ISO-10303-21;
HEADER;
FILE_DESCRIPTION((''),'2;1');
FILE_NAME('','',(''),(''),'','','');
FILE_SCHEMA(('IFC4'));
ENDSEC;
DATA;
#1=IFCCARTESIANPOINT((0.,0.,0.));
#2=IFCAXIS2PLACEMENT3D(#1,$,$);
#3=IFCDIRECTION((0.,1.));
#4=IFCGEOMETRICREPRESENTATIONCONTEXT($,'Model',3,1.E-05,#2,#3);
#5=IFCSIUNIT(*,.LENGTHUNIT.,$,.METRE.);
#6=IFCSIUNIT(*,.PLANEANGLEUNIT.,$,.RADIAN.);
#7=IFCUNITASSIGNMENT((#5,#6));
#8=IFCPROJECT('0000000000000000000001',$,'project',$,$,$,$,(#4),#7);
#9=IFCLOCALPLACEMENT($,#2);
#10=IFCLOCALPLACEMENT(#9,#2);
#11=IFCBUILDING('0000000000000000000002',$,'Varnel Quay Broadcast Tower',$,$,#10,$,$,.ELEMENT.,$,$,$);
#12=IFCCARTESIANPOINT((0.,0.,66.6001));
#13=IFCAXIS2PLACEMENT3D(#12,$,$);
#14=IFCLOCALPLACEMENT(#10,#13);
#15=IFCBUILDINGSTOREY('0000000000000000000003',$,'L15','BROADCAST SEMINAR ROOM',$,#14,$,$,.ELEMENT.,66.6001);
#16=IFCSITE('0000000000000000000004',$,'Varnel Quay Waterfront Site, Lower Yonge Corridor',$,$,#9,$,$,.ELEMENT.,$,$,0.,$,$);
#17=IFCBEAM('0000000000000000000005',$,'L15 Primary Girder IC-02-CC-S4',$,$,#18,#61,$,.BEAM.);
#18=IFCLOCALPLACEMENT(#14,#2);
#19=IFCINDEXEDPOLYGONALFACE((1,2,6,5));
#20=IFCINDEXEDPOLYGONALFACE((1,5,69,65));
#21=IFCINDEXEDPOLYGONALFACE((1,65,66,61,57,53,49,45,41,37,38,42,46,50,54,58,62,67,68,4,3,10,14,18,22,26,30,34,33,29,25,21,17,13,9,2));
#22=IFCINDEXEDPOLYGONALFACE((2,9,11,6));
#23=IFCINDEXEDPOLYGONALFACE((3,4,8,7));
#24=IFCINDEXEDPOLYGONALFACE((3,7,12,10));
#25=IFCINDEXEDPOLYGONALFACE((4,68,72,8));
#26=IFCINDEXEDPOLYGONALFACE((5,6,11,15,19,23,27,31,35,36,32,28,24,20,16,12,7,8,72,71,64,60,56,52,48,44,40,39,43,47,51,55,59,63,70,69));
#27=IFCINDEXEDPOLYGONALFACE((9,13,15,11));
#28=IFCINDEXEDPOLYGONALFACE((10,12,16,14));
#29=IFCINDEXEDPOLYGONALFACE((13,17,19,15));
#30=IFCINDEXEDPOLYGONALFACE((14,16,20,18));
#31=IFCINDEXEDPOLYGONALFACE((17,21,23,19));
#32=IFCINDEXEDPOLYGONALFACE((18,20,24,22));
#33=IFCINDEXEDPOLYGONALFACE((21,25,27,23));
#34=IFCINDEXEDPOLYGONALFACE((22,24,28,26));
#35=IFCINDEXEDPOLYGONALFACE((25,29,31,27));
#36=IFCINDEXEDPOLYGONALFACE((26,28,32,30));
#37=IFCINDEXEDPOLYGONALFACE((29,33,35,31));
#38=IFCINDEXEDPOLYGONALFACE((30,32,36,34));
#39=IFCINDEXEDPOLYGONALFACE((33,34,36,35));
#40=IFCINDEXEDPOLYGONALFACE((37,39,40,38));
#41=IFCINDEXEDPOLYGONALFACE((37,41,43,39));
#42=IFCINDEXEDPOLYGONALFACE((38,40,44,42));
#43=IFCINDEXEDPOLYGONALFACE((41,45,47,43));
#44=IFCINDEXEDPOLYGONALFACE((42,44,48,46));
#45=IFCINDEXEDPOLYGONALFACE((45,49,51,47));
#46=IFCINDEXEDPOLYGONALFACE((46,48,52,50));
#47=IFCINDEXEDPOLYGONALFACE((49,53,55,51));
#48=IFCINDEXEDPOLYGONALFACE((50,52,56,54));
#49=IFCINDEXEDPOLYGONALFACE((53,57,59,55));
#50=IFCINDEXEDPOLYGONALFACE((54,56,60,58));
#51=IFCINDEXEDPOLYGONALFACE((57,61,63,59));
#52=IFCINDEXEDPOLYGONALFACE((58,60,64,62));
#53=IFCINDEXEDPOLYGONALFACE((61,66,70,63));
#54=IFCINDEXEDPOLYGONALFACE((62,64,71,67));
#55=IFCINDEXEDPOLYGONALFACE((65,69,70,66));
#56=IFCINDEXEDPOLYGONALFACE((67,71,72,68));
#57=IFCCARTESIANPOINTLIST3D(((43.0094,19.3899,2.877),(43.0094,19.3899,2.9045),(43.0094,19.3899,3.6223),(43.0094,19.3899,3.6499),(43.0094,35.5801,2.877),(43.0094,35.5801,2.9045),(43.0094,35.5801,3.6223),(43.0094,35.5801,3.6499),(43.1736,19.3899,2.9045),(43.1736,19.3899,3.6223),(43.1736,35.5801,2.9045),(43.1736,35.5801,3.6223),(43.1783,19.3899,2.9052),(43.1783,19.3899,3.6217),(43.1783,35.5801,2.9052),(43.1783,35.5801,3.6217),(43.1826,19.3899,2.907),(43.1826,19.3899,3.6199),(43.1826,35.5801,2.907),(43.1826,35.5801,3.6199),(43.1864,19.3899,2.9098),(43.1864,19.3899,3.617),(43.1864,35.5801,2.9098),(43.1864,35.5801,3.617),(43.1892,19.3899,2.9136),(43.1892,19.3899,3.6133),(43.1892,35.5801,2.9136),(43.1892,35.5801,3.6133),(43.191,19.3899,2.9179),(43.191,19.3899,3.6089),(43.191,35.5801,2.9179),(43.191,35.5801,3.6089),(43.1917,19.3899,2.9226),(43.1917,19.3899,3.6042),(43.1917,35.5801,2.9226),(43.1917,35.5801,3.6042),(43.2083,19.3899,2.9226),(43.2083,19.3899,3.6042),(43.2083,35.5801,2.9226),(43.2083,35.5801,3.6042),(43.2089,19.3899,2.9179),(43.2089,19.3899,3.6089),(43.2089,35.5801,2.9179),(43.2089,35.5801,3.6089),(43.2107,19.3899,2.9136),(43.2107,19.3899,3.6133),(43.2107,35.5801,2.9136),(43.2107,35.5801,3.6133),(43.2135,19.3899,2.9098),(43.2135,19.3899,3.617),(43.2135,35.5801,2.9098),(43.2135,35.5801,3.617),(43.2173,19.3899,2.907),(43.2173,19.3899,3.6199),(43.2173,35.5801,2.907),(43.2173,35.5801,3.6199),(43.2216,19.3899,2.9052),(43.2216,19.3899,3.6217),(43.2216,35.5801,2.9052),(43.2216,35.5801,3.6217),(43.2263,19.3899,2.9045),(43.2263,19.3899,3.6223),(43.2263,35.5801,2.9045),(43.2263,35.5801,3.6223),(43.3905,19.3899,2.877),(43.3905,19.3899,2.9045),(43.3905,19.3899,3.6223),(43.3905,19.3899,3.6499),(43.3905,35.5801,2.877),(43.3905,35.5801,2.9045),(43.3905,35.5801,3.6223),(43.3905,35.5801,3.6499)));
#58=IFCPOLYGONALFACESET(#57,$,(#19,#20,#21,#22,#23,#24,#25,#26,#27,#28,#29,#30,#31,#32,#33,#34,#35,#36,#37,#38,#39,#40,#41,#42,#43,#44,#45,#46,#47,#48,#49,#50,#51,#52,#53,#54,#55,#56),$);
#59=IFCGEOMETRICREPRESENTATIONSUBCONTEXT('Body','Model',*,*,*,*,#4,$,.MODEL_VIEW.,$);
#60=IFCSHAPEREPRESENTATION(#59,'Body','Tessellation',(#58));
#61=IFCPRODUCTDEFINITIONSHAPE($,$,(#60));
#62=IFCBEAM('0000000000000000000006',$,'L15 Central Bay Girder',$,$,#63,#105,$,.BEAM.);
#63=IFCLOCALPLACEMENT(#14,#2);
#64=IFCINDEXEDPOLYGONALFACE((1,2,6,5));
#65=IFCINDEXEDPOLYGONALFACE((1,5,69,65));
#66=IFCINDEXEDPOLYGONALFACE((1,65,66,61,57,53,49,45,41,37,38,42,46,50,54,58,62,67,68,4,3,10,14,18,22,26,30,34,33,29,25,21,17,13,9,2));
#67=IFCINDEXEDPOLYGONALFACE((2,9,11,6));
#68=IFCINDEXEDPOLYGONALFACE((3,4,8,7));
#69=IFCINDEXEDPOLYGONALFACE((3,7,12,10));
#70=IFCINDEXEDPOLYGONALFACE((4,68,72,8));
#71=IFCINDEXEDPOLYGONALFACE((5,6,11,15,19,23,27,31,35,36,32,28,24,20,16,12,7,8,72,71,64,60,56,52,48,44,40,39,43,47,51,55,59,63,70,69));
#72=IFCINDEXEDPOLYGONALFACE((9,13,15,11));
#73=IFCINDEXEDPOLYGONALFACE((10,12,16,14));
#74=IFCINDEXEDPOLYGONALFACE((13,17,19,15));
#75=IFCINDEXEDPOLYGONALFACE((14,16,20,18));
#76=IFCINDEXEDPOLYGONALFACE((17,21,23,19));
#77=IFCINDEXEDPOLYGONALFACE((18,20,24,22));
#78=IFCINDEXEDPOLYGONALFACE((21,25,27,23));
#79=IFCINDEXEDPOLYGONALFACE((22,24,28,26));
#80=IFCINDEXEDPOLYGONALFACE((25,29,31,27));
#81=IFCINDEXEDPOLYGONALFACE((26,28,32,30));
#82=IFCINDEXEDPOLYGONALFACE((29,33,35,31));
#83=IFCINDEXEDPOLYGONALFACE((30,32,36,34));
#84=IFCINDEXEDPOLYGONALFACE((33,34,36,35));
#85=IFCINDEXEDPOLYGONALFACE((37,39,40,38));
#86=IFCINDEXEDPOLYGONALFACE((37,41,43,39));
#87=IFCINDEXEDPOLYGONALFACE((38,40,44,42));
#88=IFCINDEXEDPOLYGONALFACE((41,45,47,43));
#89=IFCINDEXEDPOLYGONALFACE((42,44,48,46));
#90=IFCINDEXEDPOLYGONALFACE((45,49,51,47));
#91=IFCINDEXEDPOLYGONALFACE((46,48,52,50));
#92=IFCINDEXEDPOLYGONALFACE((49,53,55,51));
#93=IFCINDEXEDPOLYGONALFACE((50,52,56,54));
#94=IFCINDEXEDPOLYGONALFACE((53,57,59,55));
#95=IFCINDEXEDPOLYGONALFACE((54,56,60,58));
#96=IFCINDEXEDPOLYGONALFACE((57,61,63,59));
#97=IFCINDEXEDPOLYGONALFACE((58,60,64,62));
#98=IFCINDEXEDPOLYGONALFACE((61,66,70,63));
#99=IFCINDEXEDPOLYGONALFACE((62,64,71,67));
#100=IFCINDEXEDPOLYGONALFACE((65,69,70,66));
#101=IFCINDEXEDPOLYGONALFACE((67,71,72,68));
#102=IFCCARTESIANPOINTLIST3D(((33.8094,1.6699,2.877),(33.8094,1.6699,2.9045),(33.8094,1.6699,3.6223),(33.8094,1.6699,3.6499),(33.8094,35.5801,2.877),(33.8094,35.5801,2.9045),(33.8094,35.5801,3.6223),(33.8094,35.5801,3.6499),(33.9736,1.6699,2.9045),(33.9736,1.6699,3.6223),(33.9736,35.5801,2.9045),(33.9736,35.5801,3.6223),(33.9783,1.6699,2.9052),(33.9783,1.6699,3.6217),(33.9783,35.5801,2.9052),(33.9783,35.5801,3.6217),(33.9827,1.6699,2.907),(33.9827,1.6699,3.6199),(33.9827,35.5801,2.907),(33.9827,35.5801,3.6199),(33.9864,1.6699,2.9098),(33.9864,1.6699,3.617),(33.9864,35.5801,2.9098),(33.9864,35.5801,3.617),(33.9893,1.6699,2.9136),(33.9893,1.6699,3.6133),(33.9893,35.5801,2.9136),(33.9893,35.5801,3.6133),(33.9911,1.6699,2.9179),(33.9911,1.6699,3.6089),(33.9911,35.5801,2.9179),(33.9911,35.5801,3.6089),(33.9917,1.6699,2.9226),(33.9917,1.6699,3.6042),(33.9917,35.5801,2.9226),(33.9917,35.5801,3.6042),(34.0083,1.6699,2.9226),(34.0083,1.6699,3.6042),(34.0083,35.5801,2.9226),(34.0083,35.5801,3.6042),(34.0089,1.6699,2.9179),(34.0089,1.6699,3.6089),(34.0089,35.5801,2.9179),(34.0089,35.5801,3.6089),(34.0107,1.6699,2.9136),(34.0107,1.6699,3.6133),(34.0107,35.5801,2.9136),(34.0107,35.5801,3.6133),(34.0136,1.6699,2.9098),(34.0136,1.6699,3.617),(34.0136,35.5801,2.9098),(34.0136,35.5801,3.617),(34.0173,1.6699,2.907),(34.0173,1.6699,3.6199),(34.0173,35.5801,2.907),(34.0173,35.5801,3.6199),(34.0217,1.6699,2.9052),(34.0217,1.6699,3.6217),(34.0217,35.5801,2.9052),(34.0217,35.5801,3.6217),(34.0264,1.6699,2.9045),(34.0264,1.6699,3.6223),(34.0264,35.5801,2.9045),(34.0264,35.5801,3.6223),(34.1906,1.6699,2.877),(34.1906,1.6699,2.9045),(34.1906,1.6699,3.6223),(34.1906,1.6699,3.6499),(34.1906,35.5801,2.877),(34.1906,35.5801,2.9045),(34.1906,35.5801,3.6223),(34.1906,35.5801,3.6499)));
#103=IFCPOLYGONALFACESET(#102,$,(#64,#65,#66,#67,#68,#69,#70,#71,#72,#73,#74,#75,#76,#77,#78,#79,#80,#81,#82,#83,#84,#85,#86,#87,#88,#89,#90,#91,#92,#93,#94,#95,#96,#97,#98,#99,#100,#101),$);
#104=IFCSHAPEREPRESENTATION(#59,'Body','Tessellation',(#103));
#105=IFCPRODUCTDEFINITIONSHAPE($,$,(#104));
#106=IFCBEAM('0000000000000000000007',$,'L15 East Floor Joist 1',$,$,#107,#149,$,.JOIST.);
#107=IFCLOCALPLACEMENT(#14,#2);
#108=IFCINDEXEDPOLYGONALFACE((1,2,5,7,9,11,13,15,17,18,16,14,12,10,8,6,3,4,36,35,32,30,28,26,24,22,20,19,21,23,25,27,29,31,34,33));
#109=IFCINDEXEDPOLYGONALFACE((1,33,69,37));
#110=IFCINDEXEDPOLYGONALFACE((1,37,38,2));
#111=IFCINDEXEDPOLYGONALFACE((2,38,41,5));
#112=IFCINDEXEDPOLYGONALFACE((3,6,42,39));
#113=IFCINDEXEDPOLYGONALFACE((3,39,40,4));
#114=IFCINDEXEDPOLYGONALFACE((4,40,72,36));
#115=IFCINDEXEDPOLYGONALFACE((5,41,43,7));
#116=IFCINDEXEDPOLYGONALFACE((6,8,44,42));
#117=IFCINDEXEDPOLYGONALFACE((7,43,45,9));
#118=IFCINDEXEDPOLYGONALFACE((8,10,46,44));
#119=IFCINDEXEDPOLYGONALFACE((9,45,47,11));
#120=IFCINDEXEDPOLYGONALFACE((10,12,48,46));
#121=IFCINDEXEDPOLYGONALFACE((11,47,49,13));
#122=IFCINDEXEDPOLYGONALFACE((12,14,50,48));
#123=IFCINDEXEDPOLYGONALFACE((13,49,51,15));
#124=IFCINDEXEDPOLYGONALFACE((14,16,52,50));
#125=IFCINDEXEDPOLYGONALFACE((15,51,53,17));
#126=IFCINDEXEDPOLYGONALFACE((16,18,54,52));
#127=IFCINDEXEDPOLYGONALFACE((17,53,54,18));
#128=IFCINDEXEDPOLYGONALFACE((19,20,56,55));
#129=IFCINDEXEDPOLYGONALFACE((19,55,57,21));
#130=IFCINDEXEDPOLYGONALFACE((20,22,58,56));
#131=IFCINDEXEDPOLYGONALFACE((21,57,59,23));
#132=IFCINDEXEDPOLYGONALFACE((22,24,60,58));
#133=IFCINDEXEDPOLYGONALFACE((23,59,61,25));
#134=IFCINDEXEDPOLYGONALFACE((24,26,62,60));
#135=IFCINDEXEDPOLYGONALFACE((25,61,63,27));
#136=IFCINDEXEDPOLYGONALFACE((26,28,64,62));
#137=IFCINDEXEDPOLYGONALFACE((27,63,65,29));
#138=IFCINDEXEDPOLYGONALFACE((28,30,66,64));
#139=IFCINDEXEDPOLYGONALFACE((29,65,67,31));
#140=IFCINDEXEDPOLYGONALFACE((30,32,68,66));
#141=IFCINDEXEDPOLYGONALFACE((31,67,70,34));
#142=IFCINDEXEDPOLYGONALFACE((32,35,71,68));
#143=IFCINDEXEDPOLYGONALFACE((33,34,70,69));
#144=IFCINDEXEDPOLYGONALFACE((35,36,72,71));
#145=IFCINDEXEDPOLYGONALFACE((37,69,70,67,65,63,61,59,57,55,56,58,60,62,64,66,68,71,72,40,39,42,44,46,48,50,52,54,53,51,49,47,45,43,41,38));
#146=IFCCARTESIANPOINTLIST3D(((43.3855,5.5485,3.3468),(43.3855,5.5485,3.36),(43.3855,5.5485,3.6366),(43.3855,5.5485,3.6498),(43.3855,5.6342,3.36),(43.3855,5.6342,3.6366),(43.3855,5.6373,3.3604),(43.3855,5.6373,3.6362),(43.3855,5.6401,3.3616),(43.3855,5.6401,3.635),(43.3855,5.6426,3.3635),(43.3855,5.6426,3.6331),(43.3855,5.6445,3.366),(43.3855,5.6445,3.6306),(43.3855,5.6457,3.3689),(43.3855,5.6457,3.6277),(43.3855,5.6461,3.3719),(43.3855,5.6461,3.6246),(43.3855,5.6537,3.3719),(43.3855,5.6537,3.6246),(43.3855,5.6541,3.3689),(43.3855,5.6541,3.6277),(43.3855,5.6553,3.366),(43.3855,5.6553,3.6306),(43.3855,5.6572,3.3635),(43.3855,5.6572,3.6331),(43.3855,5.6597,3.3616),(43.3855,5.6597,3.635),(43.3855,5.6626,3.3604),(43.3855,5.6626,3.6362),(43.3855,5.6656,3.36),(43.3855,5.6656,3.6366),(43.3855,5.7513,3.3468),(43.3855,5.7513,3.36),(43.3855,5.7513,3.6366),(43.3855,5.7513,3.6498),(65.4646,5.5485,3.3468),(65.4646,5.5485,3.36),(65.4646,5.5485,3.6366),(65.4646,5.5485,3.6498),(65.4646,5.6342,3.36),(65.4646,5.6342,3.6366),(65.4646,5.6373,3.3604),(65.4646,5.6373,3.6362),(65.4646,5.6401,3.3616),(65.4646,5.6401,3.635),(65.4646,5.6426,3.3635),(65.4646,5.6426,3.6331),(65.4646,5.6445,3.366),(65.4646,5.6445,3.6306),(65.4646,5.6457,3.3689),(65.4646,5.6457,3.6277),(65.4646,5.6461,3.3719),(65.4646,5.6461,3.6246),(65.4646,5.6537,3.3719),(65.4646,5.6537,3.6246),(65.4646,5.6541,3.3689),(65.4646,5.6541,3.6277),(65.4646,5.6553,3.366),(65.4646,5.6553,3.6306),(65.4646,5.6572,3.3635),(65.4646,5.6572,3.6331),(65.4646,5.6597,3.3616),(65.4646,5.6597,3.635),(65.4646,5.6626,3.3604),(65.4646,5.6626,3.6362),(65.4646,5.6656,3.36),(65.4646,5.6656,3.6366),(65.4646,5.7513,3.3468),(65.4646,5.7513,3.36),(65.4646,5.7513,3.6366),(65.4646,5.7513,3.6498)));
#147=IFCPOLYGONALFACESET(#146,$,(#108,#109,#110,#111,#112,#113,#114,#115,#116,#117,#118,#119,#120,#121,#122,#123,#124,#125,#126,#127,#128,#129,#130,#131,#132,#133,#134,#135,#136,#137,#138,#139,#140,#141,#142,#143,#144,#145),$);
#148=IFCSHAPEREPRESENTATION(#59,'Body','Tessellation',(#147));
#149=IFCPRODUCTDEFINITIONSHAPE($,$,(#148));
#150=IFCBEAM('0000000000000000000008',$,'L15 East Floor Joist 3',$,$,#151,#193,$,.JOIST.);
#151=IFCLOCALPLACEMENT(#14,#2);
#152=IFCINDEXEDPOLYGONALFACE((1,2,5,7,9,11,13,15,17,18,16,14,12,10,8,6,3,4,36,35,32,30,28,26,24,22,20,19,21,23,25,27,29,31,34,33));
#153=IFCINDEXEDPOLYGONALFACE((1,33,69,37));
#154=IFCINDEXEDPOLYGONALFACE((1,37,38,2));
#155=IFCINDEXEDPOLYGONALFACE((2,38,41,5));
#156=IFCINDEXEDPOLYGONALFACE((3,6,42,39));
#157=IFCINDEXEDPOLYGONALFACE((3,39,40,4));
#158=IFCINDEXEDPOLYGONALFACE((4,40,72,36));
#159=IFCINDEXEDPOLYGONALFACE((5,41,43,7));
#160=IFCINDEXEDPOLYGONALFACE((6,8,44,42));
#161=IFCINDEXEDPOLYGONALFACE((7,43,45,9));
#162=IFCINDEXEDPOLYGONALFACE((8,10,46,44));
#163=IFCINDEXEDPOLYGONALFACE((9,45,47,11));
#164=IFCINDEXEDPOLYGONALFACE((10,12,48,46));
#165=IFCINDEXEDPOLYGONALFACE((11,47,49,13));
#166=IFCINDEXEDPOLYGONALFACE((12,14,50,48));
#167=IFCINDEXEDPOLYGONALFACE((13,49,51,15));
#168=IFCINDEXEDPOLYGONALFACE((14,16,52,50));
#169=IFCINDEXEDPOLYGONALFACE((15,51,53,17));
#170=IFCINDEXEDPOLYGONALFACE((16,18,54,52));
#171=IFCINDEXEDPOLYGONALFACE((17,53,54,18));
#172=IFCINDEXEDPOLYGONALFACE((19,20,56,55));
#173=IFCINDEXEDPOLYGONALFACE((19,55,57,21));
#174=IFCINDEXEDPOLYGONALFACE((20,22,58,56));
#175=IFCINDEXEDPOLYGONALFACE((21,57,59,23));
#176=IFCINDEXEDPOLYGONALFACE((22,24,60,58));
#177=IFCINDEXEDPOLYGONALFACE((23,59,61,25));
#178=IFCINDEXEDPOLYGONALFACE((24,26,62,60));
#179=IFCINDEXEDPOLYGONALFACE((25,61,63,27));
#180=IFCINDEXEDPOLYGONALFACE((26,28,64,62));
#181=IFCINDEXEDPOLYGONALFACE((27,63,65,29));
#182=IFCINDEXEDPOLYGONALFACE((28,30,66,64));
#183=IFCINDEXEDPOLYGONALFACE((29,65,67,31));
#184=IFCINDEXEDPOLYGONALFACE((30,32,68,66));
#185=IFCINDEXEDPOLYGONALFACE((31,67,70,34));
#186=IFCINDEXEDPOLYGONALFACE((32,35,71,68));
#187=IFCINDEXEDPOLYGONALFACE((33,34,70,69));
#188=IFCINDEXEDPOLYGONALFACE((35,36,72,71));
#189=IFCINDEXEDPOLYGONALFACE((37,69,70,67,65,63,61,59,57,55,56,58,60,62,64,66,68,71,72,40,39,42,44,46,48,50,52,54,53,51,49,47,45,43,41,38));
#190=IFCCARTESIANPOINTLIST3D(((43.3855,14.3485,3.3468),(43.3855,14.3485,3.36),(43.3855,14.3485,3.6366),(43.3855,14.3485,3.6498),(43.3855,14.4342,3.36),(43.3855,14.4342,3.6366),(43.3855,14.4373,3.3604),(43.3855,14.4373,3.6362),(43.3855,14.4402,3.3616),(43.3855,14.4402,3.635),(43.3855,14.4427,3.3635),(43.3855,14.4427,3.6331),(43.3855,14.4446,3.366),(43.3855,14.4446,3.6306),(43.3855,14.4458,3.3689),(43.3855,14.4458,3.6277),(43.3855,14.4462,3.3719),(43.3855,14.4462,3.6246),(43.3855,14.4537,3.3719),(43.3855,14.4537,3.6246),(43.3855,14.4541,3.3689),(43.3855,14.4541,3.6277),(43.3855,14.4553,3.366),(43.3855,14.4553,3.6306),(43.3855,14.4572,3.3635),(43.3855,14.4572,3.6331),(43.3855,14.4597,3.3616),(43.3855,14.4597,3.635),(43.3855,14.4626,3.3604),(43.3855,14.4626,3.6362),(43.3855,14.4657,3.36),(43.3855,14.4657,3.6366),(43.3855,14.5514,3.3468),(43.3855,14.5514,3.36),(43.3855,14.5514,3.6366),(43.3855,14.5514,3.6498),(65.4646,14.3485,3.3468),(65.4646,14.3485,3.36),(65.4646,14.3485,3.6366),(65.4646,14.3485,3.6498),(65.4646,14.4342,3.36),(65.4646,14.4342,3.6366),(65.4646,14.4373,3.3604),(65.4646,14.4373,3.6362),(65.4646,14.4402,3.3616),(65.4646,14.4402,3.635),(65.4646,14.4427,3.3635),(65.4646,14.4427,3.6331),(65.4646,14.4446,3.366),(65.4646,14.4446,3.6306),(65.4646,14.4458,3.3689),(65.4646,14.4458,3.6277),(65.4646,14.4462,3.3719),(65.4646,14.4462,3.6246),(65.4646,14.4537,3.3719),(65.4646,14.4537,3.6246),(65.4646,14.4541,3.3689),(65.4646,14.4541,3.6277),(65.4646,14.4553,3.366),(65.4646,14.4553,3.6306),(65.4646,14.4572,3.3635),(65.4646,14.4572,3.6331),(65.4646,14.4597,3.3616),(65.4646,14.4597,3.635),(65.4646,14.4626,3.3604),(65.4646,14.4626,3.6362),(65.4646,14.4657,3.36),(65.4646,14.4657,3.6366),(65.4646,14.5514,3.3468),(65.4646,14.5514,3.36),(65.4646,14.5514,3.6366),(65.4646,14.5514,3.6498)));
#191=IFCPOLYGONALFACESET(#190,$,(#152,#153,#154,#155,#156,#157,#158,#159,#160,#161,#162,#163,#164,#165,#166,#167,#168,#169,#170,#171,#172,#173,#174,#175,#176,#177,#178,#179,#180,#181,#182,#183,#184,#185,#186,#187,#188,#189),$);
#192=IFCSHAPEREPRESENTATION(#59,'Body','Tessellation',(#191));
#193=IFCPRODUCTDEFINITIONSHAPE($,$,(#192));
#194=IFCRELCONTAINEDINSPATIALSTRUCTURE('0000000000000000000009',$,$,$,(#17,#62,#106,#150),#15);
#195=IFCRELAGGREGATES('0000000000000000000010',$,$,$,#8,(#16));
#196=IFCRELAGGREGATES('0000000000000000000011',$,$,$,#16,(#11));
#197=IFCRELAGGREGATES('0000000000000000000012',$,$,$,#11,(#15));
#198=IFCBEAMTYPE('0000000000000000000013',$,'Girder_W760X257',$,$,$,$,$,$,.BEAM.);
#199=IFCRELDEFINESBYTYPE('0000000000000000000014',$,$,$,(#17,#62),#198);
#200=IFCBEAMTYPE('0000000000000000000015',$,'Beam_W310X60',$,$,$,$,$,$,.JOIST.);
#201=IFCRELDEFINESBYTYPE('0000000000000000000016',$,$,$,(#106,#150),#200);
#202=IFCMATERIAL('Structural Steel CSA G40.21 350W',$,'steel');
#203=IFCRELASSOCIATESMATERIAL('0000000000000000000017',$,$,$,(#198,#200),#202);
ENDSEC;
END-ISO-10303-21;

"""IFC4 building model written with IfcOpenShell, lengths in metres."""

from ifc_helpers import new_model, si_unit, direction, frame, origin, origin_2d, place, context, subcontext, project, spatial, i_section, extrude, source, transform, mapped, material, material_profile, profile_set, type_object, type_shapes, element, save


model = new_model("IFC4")

# Units and contexts
model_context = context("Model", 3, precision=1e-05, world=origin(), true_north=direction((0.0, 1.0)))
body_context = subcontext(model_context, "Body", "Model", "MODEL_VIEW")
ifc_project = project(units=[si_unit("LENGTHUNIT", "METRE"), si_unit("PLANEANGLEUNIT", "RADIAN")], contexts=[model_context])

# Site, building, storey
site_placement = place(None, origin())
site = spatial("IfcSite", under=ifc_project, at=site_placement, Name="Varnel Quay Waterfront Site, Lower Yonge Corridor", CompositionType="ELEMENT", RefElevation=0.0)
building_placement = place(site_placement, origin())
building = spatial("IfcBuilding", under=site, at=building_placement, Name="Varnel Quay Broadcast Tower", CompositionType="ELEMENT")
storey_placement = place(building_placement, frame((0.0, 0.0, 66.6001)))
storey = spatial("IfcBuildingStorey", under=building, at=storey_placement, Name="L15", Description="BROADCAST SEMINAR ROOM", CompositionType="ELEMENT", Elevation=66.6001)

# Shared definitions
ifc_material_1 = material(Name="Structural Steel CSA G40.21 350W", Category="steel")

# Beams
ifc_material_profile_1 = material_profile(ifc_material_1, i_section(OverallWidth=0.3811, OverallDepth=0.7729, WebThickness=0.0166, FlangeThickness=0.0276, FilletRadius=0.0181, at=origin_2d()), Name="W760X257")
ifc_profile_set_1 = profile_set([ifc_material_profile_1], Name="Structural Steel CSA G40.21 350W")
beam_type_1 = type_object("IfcBeamType", Name="Girder_W760X257", PredefinedType="BEAM", material=ifc_profile_set_1)
shared_shape_1 = source(origin(), body_context, "Body", "SweptSolid", [
    extrude(i_section(OverallWidth=0.3811, OverallDepth=0.7729, WebThickness=0.0166, FlangeThickness=0.0276, FilletRadius=0.0181, at=origin_2d()), origin(), (0.0, 0.0, 1.0), 16.1902),
])
beam_1_placement = place(storey_placement, frame((43.2, 19.3899, 3.2634), z_axis=(0.0, 1.0, 0.0), x_axis=(-1.0, 0.0, 0.0)))
element("IfcBeam", 1, at=beam_1_placement, inside=storey, type_object=beam_type_1, Name="L15 Primary Girder IC-02-CC-S4", PredefinedType="BEAM", context=body_context, shape_type="MappedRepresentation", body=[
    mapped(shared_shape_1, transform((0.0, 0.0, 0.0), x_axis=(1.0, 0.0, 0.0), y_axis=(0.0, 1.0, 0.0), z_axis=(0.0, 0.0, 1.0), scale=1.0)),
])
shared_shape_2 = source(origin(), body_context, "Body", "SweptSolid", [
    extrude(i_section(OverallWidth=0.3811, OverallDepth=0.7729, WebThickness=0.0166, FlangeThickness=0.0276, FilletRadius=0.0181, at=origin_2d()), origin(), (0.0, 0.0, 1.0), 33.9102),
])
beam_2_placement = place(storey_placement, frame((34.0, 1.6699, 3.2634), z_axis=(0.0, 1.0, 0.0), x_axis=(-1.0, 0.0, 0.0)))
element("IfcBeam", 2, at=beam_2_placement, inside=storey, type_object=beam_type_1, Name="L15 Central Bay Girder", PredefinedType="BEAM", context=body_context, shape_type="MappedRepresentation", body=[
    mapped(shared_shape_2, transform((0.0, 0.0, 0.0), x_axis=(1.0, 0.0, 0.0), y_axis=(0.0, 1.0, 0.0), z_axis=(0.0, 0.0, 1.0), scale=1.0)),
])
ifc_material_profile_2 = material_profile(ifc_material_1, i_section(OverallWidth=0.2029, OverallDepth=0.303, WebThickness=0.0076, FlangeThickness=0.0132, FilletRadius=0.012, at=origin_2d()), Name="W310X60")
ifc_profile_set_2 = profile_set([ifc_material_profile_2], Name="Structural Steel CSA G40.21 350W")
beam_type_2 = type_object("IfcBeamType", Name="Beam_W310X60", PredefinedType="JOIST", material=ifc_profile_set_2)
shared_shape_3 = source(origin(), body_context, "Body", "SweptSolid", [
    extrude(i_section(OverallWidth=0.2029, OverallDepth=0.303, WebThickness=0.0076, FlangeThickness=0.0132, FilletRadius=0.012, at=origin_2d()), origin(), (0.0, 0.0, 1.0), 22.0791),
])
type_shapes(beam_type_2, [shared_shape_3])
for number, where, z_axis, x_axis, name in (
    (3, (43.3855, 5.6499, 3.4983), (1.0, 0.0, 0.0), (0.0, 1.0, 0.0), "L15 East Floor Joist 1"),
    (4, (43.3855, 14.45, 3.4983), (1.0, 0.0, 0.0), (0.0, 1.0, 0.0), "L15 East Floor Joist 3"),
):
    element("IfcBeam", number, at=place(storey_placement, frame(where, z_axis=z_axis, x_axis=x_axis)), inside=storey, type_object=beam_type_2, Name=name, PredefinedType="JOIST", context=body_context, shape_type="MappedRepresentation", body=[
        mapped(shared_shape_3, transform((0.0, 0.0, 0.0), x_axis=(1.0, 0.0, 0.0), y_axis=(0.0, 1.0, 0.0), z_axis=(0.0, 0.0, 1.0), scale=1.0)),
    ])

save(model, "model.ifc")
